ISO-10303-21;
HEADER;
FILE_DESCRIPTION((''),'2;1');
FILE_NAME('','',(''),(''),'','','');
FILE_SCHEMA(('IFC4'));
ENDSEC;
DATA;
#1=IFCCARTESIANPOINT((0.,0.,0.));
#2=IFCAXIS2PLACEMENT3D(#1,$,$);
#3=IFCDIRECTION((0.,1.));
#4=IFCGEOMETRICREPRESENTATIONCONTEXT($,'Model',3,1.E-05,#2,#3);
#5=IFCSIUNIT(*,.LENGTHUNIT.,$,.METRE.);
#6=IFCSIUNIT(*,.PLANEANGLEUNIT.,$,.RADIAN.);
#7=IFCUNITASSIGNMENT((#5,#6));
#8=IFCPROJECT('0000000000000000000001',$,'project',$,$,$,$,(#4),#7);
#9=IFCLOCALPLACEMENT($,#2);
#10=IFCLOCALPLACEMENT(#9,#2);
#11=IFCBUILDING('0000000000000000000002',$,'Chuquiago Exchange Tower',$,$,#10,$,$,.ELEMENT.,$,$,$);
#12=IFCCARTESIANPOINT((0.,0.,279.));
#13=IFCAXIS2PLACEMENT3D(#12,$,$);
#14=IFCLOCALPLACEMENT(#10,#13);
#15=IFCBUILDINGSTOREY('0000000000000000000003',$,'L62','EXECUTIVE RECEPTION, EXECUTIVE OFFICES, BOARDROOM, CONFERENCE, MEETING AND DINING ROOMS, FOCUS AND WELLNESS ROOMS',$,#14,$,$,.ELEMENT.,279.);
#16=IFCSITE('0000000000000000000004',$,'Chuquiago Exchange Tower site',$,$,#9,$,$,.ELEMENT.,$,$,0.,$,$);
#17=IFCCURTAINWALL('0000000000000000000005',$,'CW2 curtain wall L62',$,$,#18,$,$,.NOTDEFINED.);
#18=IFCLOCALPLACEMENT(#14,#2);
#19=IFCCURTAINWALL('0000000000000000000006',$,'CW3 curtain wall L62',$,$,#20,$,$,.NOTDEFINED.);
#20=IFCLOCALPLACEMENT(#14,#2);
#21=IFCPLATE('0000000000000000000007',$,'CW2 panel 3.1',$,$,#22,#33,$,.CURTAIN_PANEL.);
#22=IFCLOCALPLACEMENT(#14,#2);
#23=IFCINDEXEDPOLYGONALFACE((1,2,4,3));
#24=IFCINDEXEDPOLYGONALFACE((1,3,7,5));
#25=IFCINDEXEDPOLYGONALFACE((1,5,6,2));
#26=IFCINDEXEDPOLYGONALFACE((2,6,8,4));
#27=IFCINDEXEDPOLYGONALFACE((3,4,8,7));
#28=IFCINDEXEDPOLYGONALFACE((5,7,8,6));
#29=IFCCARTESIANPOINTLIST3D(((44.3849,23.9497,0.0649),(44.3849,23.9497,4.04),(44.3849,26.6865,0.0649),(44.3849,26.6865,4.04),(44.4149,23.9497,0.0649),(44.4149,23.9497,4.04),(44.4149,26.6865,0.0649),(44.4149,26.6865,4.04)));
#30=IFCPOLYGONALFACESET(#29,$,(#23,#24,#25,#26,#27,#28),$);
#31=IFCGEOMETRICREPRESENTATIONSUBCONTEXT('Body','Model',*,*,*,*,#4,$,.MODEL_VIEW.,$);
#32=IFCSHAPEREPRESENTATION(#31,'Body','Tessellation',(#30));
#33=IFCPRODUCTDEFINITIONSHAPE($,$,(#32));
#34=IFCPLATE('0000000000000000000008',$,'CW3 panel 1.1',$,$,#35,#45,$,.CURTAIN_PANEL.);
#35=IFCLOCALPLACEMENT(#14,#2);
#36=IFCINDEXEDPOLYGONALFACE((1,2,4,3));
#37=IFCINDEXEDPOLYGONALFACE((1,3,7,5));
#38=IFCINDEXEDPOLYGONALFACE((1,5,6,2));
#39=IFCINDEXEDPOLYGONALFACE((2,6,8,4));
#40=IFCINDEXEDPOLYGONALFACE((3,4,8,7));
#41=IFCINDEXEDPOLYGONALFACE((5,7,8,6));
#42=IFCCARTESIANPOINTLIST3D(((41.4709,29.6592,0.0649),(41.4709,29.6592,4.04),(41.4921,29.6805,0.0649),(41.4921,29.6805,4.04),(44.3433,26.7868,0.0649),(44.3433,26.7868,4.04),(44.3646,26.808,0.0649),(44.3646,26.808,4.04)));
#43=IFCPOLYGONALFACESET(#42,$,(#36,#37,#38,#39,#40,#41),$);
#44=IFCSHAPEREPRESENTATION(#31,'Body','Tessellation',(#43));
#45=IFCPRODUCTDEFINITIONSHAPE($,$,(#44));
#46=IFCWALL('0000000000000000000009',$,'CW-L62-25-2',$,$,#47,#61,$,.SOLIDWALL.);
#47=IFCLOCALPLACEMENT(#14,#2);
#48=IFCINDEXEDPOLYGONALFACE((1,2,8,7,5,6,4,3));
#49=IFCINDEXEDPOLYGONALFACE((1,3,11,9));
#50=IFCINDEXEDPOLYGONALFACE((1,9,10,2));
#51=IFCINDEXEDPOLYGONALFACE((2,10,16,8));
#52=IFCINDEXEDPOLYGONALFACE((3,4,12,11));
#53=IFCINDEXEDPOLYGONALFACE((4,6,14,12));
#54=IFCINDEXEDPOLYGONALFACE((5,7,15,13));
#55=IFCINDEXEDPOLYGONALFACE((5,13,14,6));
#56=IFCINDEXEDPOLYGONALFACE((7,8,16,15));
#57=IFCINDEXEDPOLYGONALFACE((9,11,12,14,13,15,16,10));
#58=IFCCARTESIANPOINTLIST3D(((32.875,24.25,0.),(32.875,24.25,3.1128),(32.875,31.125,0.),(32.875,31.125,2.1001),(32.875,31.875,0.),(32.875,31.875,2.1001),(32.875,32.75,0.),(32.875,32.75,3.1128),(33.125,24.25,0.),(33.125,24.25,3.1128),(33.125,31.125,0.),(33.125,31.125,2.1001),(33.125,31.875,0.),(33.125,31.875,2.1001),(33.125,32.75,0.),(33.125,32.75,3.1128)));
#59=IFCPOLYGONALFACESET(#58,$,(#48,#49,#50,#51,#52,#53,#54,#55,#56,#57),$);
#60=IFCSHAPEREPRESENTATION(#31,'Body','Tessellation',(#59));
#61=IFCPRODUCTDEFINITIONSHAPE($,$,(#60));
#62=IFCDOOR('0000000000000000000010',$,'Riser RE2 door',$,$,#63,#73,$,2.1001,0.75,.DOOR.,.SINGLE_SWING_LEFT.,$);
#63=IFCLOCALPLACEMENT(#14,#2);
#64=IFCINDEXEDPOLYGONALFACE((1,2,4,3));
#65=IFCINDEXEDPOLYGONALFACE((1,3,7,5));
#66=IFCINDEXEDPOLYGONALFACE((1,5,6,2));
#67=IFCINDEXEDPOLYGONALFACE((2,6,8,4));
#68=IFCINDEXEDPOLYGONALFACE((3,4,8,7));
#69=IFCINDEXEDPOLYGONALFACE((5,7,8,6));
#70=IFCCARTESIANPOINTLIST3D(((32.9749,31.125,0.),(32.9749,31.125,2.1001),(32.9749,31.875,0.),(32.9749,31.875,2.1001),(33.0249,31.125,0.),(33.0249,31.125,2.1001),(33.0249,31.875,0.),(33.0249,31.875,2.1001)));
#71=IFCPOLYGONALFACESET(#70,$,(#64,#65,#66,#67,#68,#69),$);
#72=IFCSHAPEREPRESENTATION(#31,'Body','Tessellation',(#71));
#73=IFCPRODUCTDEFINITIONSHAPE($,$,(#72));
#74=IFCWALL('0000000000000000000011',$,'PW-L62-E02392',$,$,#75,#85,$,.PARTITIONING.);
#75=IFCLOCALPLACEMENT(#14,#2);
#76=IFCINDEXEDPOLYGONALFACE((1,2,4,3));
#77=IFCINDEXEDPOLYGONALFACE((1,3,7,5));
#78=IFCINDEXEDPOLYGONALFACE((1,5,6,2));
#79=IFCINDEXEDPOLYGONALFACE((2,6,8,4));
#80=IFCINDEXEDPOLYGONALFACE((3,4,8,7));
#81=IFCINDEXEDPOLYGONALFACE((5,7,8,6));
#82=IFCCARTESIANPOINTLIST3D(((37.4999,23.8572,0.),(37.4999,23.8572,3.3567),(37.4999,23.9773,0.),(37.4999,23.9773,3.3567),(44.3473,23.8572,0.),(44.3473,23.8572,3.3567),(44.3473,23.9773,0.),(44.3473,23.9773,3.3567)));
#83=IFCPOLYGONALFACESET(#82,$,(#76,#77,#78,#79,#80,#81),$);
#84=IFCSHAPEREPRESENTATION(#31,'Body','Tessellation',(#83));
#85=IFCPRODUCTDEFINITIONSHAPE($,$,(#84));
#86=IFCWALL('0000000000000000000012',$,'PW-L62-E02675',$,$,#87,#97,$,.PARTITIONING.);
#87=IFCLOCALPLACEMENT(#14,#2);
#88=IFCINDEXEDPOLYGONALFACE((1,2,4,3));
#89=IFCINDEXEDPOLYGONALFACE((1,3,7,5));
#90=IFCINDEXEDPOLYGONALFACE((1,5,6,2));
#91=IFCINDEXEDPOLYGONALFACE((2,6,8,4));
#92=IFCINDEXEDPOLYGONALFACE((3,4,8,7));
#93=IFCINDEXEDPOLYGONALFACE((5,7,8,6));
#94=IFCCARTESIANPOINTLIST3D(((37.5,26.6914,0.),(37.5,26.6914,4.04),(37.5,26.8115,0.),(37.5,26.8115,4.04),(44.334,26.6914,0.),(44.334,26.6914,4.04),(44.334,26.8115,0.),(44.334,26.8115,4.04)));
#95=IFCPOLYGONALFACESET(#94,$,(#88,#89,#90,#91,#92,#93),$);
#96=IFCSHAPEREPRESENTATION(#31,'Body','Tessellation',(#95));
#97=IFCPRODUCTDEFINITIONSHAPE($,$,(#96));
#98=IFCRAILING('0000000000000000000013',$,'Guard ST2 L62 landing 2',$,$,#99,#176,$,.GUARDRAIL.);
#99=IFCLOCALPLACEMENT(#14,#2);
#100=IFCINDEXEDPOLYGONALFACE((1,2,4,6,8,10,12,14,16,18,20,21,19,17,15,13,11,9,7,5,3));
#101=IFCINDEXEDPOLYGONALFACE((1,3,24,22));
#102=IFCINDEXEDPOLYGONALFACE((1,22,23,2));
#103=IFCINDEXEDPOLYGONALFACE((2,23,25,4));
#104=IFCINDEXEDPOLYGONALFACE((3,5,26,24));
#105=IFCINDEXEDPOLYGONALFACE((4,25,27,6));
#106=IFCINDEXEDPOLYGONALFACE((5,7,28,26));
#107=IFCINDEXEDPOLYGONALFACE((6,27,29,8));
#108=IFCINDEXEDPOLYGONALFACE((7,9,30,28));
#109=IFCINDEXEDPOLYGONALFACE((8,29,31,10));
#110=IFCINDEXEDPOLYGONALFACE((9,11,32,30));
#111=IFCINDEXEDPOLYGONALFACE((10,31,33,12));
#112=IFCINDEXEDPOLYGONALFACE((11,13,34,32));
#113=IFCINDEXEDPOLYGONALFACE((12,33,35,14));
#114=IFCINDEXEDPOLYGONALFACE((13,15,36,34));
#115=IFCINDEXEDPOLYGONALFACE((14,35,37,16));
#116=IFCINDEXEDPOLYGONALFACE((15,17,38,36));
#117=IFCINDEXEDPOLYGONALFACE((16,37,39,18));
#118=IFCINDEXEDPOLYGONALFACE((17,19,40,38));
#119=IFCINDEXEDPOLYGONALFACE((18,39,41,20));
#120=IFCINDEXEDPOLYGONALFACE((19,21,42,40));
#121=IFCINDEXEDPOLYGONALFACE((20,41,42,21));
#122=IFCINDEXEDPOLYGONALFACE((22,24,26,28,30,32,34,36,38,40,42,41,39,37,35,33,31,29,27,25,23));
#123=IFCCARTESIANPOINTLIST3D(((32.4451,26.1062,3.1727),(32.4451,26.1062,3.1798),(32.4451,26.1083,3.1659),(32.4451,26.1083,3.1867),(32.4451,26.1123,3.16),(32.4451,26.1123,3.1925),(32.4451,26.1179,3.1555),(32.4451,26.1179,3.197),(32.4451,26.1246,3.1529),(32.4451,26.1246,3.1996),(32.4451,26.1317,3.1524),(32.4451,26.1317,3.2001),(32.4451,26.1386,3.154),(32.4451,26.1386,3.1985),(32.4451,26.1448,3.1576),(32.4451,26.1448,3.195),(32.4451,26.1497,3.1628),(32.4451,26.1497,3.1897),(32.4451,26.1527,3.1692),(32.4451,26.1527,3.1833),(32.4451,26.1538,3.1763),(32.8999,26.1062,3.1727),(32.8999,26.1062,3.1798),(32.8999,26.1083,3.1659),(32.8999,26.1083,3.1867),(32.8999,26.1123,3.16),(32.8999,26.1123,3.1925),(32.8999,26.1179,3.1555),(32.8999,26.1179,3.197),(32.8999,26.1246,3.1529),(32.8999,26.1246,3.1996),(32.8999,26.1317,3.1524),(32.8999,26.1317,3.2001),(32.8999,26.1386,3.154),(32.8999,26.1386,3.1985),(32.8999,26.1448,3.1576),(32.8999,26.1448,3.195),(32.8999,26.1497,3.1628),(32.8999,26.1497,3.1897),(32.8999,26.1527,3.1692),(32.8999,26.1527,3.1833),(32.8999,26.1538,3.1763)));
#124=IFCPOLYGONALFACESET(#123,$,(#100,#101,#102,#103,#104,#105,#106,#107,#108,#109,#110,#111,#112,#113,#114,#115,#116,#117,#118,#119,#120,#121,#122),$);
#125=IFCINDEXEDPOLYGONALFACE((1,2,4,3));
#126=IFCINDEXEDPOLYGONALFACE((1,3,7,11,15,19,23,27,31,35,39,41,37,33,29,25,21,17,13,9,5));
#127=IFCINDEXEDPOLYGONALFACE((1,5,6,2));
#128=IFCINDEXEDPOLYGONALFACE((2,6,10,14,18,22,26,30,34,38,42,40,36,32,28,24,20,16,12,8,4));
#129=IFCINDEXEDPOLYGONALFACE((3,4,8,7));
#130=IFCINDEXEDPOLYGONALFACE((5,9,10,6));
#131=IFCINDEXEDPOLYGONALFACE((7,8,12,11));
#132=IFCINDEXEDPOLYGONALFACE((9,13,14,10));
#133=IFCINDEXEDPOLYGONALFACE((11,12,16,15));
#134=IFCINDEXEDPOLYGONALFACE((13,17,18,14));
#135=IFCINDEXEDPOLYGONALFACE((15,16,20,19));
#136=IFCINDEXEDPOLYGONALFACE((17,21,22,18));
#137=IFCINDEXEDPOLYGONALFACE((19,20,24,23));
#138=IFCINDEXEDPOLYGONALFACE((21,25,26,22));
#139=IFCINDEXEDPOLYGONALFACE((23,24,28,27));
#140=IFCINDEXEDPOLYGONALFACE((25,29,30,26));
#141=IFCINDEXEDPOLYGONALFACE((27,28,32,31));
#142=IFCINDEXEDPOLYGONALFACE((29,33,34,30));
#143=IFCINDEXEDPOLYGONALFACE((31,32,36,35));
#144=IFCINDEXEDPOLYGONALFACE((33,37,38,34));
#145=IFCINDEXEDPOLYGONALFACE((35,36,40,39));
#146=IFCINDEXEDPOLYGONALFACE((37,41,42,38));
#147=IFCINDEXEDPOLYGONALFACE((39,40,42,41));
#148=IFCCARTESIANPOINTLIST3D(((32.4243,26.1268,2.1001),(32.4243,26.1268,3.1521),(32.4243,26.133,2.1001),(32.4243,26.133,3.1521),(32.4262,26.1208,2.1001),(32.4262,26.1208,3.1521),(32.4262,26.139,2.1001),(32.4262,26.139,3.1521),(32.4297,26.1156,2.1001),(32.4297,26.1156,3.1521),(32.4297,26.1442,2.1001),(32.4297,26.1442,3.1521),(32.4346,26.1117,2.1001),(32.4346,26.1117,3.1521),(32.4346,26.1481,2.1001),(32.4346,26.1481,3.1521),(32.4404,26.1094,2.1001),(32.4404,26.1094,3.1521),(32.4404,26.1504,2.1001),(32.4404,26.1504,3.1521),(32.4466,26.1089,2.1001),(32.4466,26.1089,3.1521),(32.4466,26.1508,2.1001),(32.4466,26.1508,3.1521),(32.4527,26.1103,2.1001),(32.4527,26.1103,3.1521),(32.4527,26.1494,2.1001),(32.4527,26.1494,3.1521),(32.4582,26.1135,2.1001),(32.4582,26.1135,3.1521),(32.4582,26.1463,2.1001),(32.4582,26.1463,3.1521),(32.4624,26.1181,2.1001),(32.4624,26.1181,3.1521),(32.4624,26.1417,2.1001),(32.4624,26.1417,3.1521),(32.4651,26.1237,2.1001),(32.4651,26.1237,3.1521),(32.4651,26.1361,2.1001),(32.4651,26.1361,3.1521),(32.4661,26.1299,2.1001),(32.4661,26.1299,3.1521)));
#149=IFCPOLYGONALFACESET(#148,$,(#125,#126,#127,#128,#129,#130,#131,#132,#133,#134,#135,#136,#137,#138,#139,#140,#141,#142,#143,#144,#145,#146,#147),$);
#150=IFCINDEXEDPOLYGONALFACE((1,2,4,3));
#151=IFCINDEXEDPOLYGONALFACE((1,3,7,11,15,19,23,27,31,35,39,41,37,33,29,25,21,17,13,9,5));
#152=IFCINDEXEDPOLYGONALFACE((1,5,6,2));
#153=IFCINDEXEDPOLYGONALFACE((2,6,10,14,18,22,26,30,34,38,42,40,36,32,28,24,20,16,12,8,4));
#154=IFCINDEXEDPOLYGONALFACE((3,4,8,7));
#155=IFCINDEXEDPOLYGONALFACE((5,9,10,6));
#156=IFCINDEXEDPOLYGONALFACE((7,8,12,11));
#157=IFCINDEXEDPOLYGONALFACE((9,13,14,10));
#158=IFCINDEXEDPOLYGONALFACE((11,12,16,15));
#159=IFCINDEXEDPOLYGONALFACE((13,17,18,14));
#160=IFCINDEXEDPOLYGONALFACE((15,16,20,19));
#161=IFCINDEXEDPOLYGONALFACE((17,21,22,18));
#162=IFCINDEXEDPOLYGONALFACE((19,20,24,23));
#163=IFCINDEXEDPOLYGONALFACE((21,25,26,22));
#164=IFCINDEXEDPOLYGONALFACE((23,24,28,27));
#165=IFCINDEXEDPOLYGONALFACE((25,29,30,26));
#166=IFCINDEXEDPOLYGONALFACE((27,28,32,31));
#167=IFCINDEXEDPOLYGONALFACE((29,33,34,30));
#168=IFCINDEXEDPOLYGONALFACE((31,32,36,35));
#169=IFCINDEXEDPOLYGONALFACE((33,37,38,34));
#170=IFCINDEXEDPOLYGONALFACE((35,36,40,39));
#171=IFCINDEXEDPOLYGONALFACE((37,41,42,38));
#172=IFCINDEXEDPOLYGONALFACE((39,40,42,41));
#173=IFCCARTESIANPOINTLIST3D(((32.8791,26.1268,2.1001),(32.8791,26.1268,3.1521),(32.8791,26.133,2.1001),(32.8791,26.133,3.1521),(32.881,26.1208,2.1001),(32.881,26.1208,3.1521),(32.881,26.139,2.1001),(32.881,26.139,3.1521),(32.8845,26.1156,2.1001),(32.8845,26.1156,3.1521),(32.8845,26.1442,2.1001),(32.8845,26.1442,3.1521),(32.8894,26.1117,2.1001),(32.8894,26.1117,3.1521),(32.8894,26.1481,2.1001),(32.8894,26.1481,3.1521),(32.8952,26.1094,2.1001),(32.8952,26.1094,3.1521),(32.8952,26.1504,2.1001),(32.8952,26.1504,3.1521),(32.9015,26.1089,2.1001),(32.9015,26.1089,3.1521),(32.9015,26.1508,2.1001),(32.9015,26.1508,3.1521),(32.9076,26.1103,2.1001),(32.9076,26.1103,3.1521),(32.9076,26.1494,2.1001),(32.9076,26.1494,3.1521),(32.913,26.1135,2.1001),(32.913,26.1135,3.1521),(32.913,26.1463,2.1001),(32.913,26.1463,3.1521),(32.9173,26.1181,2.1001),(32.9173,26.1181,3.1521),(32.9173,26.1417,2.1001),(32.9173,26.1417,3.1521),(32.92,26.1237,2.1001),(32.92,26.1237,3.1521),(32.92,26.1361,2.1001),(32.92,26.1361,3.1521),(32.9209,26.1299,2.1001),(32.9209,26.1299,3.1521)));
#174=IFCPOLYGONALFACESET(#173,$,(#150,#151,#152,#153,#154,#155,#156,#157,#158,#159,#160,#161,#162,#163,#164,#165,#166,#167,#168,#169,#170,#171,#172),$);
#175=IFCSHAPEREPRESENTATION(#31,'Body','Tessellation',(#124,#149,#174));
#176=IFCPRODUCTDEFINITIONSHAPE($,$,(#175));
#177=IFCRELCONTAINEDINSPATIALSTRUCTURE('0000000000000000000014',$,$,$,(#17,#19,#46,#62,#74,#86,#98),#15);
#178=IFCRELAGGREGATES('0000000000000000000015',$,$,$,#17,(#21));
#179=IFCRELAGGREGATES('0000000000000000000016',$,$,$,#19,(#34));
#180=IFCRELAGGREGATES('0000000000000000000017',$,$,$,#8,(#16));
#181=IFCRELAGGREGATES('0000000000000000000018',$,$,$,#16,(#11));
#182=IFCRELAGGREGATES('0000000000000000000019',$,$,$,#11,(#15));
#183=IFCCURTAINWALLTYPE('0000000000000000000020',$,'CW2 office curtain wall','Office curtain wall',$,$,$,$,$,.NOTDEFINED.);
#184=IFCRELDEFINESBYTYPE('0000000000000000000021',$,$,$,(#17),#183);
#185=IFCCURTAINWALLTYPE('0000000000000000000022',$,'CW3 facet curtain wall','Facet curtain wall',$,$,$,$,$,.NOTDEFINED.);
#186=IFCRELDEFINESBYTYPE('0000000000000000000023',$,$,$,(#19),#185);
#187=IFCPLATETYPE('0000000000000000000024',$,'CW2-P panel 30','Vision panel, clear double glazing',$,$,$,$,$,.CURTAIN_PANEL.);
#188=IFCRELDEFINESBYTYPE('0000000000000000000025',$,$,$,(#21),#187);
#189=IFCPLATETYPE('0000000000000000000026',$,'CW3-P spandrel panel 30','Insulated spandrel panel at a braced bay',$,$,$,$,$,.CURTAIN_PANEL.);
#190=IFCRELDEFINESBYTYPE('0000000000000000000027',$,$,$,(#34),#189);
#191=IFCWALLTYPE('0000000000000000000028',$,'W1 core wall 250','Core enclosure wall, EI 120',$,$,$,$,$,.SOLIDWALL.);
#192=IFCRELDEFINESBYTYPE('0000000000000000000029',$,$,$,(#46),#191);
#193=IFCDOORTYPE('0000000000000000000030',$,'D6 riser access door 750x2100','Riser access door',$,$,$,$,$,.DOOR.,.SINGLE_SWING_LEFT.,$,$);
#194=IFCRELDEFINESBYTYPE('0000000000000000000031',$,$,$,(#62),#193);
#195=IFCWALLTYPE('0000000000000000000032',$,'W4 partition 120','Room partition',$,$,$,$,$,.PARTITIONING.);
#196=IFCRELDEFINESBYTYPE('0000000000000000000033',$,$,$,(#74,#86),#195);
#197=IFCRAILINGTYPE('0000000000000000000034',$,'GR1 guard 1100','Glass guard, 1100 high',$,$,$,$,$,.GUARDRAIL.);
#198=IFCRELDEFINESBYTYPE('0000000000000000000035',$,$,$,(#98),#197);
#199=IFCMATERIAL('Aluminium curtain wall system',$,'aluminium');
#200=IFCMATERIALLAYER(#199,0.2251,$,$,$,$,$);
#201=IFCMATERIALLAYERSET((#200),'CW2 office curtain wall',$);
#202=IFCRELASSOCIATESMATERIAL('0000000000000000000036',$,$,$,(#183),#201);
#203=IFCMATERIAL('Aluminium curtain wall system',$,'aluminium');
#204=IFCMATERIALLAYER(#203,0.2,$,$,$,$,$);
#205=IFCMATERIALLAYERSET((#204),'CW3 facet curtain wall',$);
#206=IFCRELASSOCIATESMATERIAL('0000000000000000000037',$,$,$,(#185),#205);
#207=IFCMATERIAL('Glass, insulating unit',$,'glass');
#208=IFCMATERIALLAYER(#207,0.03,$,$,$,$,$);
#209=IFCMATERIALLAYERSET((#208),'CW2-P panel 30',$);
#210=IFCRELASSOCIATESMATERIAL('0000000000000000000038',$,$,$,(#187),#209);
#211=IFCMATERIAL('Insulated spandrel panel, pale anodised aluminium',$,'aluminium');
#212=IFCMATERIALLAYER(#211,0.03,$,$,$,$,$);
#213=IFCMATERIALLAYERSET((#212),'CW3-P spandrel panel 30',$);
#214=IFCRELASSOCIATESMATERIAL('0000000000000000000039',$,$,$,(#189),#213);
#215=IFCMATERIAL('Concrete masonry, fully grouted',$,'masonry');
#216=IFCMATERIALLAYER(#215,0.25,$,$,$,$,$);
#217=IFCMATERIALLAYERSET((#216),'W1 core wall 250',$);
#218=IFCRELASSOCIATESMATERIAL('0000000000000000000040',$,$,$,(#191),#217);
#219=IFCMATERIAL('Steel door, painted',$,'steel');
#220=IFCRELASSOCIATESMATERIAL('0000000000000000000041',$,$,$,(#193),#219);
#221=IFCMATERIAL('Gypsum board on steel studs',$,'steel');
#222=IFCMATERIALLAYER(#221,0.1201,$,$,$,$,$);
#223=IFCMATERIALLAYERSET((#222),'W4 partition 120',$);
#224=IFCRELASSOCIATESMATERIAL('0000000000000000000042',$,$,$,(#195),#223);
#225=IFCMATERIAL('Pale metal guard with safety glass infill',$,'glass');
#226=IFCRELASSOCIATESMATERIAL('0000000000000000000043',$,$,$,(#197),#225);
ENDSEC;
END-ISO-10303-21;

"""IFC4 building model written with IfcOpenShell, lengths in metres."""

from ifc_helpers import new_model, si_unit, direction, frame, frame_2d, origin, origin_2d, place, context, subcontext, project, spatial, rectangle, circle, extrude, material, layer, layer_set, type_object, element, fill, aggregate, save


model = new_model("IFC4")

# Units and contexts
model_context = context("Model", 3, precision=1e-05, world=origin(), true_north=direction((0.0, 1.0)))
body_context = subcontext(model_context, "Body", "Model", "MODEL_VIEW")
ifc_project = project(units=[si_unit("LENGTHUNIT", "METRE"), si_unit("PLANEANGLEUNIT", "RADIAN")], contexts=[model_context])

# Site, building, storey
site_placement = place(None, origin())
site = spatial("IfcSite", under=ifc_project, at=site_placement, Name="Chuquiago Exchange Tower site", CompositionType="ELEMENT", RefElevation=0.0)
building_placement = place(site_placement, origin())
building = spatial("IfcBuilding", under=site, at=building_placement, Name="Chuquiago Exchange Tower", CompositionType="ELEMENT")
storey_placement = place(building_placement, frame((0.0, 0.0, 279.0)))
storey = spatial("IfcBuildingStorey", under=building, at=storey_placement, Name="L62", Description="EXECUTIVE RECEPTION, EXECUTIVE OFFICES, BOARDROOM, CONFERENCE, MEETING AND DINING ROOMS, FOCUS AND WELLNESS ROOMS", CompositionType="ELEMENT", Elevation=279.0)

# Curtain walls
ifc_material_1 = material(Name="Aluminium curtain wall system", Category="aluminium")
ifc_layer_1 = layer(ifc_material_1, 0.2251)
ifc_layer_set_1 = layer_set([ifc_layer_1], Name="CW2 office curtain wall")
curtain_wall_type_1 = type_object("IfcCurtainWallType", Name="CW2 office curtain wall", Description="Office curtain wall", PredefinedType="NOTDEFINED", material=ifc_layer_set_1)
curtain_wall_1_placement = place(storey_placement, origin())
curtain_wall_1 = element("IfcCurtainWall", 1, at=curtain_wall_1_placement, inside=storey, type_object=curtain_wall_type_1, Name="CW2 curtain wall L62", PredefinedType="NOTDEFINED")
ifc_material_2 = material(Name="Aluminium curtain wall system", Category="aluminium")
ifc_layer_2 = layer(ifc_material_2, 0.2)
ifc_layer_set_2 = layer_set([ifc_layer_2], Name="CW3 facet curtain wall")
curtain_wall_type_2 = type_object("IfcCurtainWallType", Name="CW3 facet curtain wall", Description="Facet curtain wall", PredefinedType="NOTDEFINED", material=ifc_layer_set_2)
curtain_wall_2_placement = place(storey_placement, origin())
curtain_wall_2 = element("IfcCurtainWall", 2, at=curtain_wall_2_placement, inside=storey, type_object=curtain_wall_type_2, Name="CW3 curtain wall L62", PredefinedType="NOTDEFINED")

# Plates
ifc_material_3 = material(Name="Glass, insulating unit", Category="glass")
ifc_layer_3 = layer(ifc_material_3, 0.03)
ifc_layer_set_3 = layer_set([ifc_layer_3], Name="CW2-P panel 30")
plate_type_1 = type_object("IfcPlateType", Name="CW2-P panel 30", Description="Vision panel, clear double glazing", PredefinedType="CURTAIN_PANEL", material=ifc_layer_set_3)
plate_1_placement = place(storey_placement, frame((44.3999, 25.3181, 0.0649), z_axis=(0.0, 0.0, 1.0), x_axis=(0.0, 1.0, 0.0)))
plate_1 = element("IfcPlate", 3, at=plate_1_placement, type_object=plate_type_1, Name="CW2 panel 3.1", PredefinedType="CURTAIN_PANEL", context=body_context, shape_type="SweptSolid", body=[
    extrude(rectangle(XDim=2.7368, YDim=0.03, at=origin_2d()), origin(), (0.0, 0.0, 1.0), 3.9751),
])
aggregate(curtain_wall_1, [plate_1])
ifc_material_4 = material(Name="Insulated spandrel panel, pale anodised aluminium", Category="aluminium")
ifc_layer_4 = layer(ifc_material_4, 0.03)
ifc_layer_set_4 = layer_set([ifc_layer_4], Name="CW3-P spandrel panel 30")
plate_type_2 = type_object("IfcPlateType", Name="CW3-P spandrel panel 30", Description="Insulated spandrel panel at a braced bay", PredefinedType="CURTAIN_PANEL", material=ifc_layer_set_4)
plate_2_placement = place(storey_placement, frame((42.9177, 28.2336, 0.0649), z_axis=(0.0, 0.0, 1.0), x_axis=(-0.707107, 0.707107, 0.0)))
plate_2 = element("IfcPlate", 4, at=plate_2_placement, type_object=plate_type_2, Name="CW3 panel 1.1", PredefinedType="CURTAIN_PANEL", context=body_context, shape_type="SweptSolid", body=[
    extrude(rectangle(XDim=4.0623, YDim=0.03, at=origin_2d()), origin(), (0.0, 0.0, 1.0), 3.9751),
])
aggregate(curtain_wall_2, [plate_2])

# Wall, opening, door
ifc_material_5 = material(Name="Concrete masonry, fully grouted", Category="masonry")
ifc_layer_5 = layer(ifc_material_5, 0.25)
ifc_layer_set_5 = layer_set([ifc_layer_5], Name="W1 core wall 250")
wall_type_1 = type_object("IfcWallType", Name="W1 core wall 250", Description="Core enclosure wall, EI 120", PredefinedType="SOLIDWALL", material=ifc_layer_set_5)
wall_1_placement = place(storey_placement, frame((33.0, 24.25, 0.0), z_axis=(0.0, 0.0, 1.0), x_axis=(0.0, 1.0, 0.0)))
wall_1 = element("IfcWall", 5, at=wall_1_placement, inside=storey, type_object=wall_type_1, Name="CW-L62-25-2", PredefinedType="SOLIDWALL", context=body_context, shape_type="SweptSolid", body=[
    extrude(rectangle(XDim=8.5, YDim=0.25, at=frame_2d((4.25, 0.0))), origin(), (0.0, 0.0, 1.0), 3.1128),
])
opening_1_placement = place(wall_1_placement, frame((6.875, 0.0, 0.0)))
opening_1 = element("IfcOpeningElement", 6, at=opening_1_placement, cuts=wall_1, PredefinedType="OPENING", context=body_context, shape_type="SweptSolid", body=[
    extrude(rectangle(XDim=0.75, YDim=2.1001, at=frame_2d((0.375, 1.05))), frame((0.0, 0.135, 0.0), z_axis=(0.0, -1.0, 0.0), x_axis=(1.0, 0.0, 0.0)), (0.0, 0.0, 1.0), 0.27),
])
ifc_material_6 = material(Name="Steel door, painted", Category="steel")
door_type_1 = type_object("IfcDoorType", Name="D6 riser access door 750x2100", Description="Riser access door", OperationType="SINGLE_SWING_LEFT", PredefinedType="DOOR", material=ifc_material_6)
door_1_placement = place(opening_1_placement, frame((0.75, 0.0, 0.0), z_axis=(0.0, 0.0, 1.0), x_axis=(-1.0, 0.0, 0.0)))
door_1 = element("IfcDoor", 7, at=door_1_placement, inside=storey, type_object=door_type_1, Name="Riser RE2 door", OperationType="SINGLE_SWING_LEFT", OverallHeight=2.1001, OverallWidth=0.75, PredefinedType="DOOR", context=body_context, shape_type="SweptSolid", body=[
    extrude(rectangle(XDim=0.75, YDim=2.1001, at=frame_2d((0.375, 1.05))), frame((0.0, 0.0249, 0.0), z_axis=(0.0, -1.0, 0.0), x_axis=(1.0, 0.0, 0.0)), (0.0, 0.0, 1.0), 0.05),
])
fill(opening_1, door_1)

# Walls
ifc_material_7 = material(Name="Gypsum board on steel studs", Category="steel")
ifc_layer_6 = layer(ifc_material_7, 0.1201)
ifc_layer_set_6 = layer_set([ifc_layer_6], Name="W4 partition 120")
wall_type_2 = type_object("IfcWallType", Name="W4 partition 120", Description="Room partition", PredefinedType="PARTITIONING", material=ifc_layer_set_6)
wall_2_placement = place(storey_placement, frame((44.3474, 23.9172, 0.0), z_axis=(0.0, 0.0, 1.0), x_axis=(-1.0, 0.0, 0.0)))
element("IfcWall", 8, at=wall_2_placement, inside=storey, type_object=wall_type_2, Name="PW-L62-E02392", PredefinedType="PARTITIONING", context=body_context, shape_type="SweptSolid", body=[
    extrude(rectangle(XDim=6.8474, YDim=0.1201, at=frame_2d((3.4238, 0.0))), origin(), (0.0, 0.0, 1.0), 3.3567),
])
wall_3_placement = place(storey_placement, frame((44.334, 26.7515, 0.0), z_axis=(0.0, 0.0, 1.0), x_axis=(-1.0, 0.0, 0.0)))
element("IfcWall", 9, at=wall_3_placement, inside=storey, type_object=wall_type_2, Name="PW-L62-E02675", PredefinedType="PARTITIONING", context=body_context, shape_type="SweptSolid", body=[
    extrude(rectangle(XDim=6.834, YDim=0.1201, at=frame_2d((3.417, 0.0))), origin(), (0.0, 0.0, 1.0), 4.04),
])

# Railing
ifc_material_8 = material(Name="Pale metal guard with safety glass infill", Category="glass")
railing_type_1 = type_object("IfcRailingType", Name="GR1 guard 1100", Description="Glass guard, 1100 high", PredefinedType="GUARDRAIL", material=ifc_material_8)
railing_1_placement = place(storey_placement, frame((32.4451, 26.1299, 2.1001)))
element("IfcRailing", 10, at=railing_1_placement, inside=storey, type_object=railing_type_1, Name="Guard ST2 L62 landing 2", PredefinedType="GUARDRAIL", context=body_context, shape_type="SweptSolid", body=[
    extrude(circle(Radius=0.0239, at=origin_2d()), frame((0.0, 0.0, 1.0762), z_axis=(1.0, 0.0, 0.0), x_axis=(0.0, 1.0, 0.0)), (0.0, 0.0, 1.0), 0.4548),
    extrude(circle(Radius=0.021, at=origin_2d()), origin(), (0.0, 0.0, 1.0), 1.052),
    extrude(circle(Radius=0.021, at=origin_2d()), frame((0.4548, 0.0, 0.0)), (0.0, 0.0, 1.0), 1.052),
])

save(model, "model.ifc")
